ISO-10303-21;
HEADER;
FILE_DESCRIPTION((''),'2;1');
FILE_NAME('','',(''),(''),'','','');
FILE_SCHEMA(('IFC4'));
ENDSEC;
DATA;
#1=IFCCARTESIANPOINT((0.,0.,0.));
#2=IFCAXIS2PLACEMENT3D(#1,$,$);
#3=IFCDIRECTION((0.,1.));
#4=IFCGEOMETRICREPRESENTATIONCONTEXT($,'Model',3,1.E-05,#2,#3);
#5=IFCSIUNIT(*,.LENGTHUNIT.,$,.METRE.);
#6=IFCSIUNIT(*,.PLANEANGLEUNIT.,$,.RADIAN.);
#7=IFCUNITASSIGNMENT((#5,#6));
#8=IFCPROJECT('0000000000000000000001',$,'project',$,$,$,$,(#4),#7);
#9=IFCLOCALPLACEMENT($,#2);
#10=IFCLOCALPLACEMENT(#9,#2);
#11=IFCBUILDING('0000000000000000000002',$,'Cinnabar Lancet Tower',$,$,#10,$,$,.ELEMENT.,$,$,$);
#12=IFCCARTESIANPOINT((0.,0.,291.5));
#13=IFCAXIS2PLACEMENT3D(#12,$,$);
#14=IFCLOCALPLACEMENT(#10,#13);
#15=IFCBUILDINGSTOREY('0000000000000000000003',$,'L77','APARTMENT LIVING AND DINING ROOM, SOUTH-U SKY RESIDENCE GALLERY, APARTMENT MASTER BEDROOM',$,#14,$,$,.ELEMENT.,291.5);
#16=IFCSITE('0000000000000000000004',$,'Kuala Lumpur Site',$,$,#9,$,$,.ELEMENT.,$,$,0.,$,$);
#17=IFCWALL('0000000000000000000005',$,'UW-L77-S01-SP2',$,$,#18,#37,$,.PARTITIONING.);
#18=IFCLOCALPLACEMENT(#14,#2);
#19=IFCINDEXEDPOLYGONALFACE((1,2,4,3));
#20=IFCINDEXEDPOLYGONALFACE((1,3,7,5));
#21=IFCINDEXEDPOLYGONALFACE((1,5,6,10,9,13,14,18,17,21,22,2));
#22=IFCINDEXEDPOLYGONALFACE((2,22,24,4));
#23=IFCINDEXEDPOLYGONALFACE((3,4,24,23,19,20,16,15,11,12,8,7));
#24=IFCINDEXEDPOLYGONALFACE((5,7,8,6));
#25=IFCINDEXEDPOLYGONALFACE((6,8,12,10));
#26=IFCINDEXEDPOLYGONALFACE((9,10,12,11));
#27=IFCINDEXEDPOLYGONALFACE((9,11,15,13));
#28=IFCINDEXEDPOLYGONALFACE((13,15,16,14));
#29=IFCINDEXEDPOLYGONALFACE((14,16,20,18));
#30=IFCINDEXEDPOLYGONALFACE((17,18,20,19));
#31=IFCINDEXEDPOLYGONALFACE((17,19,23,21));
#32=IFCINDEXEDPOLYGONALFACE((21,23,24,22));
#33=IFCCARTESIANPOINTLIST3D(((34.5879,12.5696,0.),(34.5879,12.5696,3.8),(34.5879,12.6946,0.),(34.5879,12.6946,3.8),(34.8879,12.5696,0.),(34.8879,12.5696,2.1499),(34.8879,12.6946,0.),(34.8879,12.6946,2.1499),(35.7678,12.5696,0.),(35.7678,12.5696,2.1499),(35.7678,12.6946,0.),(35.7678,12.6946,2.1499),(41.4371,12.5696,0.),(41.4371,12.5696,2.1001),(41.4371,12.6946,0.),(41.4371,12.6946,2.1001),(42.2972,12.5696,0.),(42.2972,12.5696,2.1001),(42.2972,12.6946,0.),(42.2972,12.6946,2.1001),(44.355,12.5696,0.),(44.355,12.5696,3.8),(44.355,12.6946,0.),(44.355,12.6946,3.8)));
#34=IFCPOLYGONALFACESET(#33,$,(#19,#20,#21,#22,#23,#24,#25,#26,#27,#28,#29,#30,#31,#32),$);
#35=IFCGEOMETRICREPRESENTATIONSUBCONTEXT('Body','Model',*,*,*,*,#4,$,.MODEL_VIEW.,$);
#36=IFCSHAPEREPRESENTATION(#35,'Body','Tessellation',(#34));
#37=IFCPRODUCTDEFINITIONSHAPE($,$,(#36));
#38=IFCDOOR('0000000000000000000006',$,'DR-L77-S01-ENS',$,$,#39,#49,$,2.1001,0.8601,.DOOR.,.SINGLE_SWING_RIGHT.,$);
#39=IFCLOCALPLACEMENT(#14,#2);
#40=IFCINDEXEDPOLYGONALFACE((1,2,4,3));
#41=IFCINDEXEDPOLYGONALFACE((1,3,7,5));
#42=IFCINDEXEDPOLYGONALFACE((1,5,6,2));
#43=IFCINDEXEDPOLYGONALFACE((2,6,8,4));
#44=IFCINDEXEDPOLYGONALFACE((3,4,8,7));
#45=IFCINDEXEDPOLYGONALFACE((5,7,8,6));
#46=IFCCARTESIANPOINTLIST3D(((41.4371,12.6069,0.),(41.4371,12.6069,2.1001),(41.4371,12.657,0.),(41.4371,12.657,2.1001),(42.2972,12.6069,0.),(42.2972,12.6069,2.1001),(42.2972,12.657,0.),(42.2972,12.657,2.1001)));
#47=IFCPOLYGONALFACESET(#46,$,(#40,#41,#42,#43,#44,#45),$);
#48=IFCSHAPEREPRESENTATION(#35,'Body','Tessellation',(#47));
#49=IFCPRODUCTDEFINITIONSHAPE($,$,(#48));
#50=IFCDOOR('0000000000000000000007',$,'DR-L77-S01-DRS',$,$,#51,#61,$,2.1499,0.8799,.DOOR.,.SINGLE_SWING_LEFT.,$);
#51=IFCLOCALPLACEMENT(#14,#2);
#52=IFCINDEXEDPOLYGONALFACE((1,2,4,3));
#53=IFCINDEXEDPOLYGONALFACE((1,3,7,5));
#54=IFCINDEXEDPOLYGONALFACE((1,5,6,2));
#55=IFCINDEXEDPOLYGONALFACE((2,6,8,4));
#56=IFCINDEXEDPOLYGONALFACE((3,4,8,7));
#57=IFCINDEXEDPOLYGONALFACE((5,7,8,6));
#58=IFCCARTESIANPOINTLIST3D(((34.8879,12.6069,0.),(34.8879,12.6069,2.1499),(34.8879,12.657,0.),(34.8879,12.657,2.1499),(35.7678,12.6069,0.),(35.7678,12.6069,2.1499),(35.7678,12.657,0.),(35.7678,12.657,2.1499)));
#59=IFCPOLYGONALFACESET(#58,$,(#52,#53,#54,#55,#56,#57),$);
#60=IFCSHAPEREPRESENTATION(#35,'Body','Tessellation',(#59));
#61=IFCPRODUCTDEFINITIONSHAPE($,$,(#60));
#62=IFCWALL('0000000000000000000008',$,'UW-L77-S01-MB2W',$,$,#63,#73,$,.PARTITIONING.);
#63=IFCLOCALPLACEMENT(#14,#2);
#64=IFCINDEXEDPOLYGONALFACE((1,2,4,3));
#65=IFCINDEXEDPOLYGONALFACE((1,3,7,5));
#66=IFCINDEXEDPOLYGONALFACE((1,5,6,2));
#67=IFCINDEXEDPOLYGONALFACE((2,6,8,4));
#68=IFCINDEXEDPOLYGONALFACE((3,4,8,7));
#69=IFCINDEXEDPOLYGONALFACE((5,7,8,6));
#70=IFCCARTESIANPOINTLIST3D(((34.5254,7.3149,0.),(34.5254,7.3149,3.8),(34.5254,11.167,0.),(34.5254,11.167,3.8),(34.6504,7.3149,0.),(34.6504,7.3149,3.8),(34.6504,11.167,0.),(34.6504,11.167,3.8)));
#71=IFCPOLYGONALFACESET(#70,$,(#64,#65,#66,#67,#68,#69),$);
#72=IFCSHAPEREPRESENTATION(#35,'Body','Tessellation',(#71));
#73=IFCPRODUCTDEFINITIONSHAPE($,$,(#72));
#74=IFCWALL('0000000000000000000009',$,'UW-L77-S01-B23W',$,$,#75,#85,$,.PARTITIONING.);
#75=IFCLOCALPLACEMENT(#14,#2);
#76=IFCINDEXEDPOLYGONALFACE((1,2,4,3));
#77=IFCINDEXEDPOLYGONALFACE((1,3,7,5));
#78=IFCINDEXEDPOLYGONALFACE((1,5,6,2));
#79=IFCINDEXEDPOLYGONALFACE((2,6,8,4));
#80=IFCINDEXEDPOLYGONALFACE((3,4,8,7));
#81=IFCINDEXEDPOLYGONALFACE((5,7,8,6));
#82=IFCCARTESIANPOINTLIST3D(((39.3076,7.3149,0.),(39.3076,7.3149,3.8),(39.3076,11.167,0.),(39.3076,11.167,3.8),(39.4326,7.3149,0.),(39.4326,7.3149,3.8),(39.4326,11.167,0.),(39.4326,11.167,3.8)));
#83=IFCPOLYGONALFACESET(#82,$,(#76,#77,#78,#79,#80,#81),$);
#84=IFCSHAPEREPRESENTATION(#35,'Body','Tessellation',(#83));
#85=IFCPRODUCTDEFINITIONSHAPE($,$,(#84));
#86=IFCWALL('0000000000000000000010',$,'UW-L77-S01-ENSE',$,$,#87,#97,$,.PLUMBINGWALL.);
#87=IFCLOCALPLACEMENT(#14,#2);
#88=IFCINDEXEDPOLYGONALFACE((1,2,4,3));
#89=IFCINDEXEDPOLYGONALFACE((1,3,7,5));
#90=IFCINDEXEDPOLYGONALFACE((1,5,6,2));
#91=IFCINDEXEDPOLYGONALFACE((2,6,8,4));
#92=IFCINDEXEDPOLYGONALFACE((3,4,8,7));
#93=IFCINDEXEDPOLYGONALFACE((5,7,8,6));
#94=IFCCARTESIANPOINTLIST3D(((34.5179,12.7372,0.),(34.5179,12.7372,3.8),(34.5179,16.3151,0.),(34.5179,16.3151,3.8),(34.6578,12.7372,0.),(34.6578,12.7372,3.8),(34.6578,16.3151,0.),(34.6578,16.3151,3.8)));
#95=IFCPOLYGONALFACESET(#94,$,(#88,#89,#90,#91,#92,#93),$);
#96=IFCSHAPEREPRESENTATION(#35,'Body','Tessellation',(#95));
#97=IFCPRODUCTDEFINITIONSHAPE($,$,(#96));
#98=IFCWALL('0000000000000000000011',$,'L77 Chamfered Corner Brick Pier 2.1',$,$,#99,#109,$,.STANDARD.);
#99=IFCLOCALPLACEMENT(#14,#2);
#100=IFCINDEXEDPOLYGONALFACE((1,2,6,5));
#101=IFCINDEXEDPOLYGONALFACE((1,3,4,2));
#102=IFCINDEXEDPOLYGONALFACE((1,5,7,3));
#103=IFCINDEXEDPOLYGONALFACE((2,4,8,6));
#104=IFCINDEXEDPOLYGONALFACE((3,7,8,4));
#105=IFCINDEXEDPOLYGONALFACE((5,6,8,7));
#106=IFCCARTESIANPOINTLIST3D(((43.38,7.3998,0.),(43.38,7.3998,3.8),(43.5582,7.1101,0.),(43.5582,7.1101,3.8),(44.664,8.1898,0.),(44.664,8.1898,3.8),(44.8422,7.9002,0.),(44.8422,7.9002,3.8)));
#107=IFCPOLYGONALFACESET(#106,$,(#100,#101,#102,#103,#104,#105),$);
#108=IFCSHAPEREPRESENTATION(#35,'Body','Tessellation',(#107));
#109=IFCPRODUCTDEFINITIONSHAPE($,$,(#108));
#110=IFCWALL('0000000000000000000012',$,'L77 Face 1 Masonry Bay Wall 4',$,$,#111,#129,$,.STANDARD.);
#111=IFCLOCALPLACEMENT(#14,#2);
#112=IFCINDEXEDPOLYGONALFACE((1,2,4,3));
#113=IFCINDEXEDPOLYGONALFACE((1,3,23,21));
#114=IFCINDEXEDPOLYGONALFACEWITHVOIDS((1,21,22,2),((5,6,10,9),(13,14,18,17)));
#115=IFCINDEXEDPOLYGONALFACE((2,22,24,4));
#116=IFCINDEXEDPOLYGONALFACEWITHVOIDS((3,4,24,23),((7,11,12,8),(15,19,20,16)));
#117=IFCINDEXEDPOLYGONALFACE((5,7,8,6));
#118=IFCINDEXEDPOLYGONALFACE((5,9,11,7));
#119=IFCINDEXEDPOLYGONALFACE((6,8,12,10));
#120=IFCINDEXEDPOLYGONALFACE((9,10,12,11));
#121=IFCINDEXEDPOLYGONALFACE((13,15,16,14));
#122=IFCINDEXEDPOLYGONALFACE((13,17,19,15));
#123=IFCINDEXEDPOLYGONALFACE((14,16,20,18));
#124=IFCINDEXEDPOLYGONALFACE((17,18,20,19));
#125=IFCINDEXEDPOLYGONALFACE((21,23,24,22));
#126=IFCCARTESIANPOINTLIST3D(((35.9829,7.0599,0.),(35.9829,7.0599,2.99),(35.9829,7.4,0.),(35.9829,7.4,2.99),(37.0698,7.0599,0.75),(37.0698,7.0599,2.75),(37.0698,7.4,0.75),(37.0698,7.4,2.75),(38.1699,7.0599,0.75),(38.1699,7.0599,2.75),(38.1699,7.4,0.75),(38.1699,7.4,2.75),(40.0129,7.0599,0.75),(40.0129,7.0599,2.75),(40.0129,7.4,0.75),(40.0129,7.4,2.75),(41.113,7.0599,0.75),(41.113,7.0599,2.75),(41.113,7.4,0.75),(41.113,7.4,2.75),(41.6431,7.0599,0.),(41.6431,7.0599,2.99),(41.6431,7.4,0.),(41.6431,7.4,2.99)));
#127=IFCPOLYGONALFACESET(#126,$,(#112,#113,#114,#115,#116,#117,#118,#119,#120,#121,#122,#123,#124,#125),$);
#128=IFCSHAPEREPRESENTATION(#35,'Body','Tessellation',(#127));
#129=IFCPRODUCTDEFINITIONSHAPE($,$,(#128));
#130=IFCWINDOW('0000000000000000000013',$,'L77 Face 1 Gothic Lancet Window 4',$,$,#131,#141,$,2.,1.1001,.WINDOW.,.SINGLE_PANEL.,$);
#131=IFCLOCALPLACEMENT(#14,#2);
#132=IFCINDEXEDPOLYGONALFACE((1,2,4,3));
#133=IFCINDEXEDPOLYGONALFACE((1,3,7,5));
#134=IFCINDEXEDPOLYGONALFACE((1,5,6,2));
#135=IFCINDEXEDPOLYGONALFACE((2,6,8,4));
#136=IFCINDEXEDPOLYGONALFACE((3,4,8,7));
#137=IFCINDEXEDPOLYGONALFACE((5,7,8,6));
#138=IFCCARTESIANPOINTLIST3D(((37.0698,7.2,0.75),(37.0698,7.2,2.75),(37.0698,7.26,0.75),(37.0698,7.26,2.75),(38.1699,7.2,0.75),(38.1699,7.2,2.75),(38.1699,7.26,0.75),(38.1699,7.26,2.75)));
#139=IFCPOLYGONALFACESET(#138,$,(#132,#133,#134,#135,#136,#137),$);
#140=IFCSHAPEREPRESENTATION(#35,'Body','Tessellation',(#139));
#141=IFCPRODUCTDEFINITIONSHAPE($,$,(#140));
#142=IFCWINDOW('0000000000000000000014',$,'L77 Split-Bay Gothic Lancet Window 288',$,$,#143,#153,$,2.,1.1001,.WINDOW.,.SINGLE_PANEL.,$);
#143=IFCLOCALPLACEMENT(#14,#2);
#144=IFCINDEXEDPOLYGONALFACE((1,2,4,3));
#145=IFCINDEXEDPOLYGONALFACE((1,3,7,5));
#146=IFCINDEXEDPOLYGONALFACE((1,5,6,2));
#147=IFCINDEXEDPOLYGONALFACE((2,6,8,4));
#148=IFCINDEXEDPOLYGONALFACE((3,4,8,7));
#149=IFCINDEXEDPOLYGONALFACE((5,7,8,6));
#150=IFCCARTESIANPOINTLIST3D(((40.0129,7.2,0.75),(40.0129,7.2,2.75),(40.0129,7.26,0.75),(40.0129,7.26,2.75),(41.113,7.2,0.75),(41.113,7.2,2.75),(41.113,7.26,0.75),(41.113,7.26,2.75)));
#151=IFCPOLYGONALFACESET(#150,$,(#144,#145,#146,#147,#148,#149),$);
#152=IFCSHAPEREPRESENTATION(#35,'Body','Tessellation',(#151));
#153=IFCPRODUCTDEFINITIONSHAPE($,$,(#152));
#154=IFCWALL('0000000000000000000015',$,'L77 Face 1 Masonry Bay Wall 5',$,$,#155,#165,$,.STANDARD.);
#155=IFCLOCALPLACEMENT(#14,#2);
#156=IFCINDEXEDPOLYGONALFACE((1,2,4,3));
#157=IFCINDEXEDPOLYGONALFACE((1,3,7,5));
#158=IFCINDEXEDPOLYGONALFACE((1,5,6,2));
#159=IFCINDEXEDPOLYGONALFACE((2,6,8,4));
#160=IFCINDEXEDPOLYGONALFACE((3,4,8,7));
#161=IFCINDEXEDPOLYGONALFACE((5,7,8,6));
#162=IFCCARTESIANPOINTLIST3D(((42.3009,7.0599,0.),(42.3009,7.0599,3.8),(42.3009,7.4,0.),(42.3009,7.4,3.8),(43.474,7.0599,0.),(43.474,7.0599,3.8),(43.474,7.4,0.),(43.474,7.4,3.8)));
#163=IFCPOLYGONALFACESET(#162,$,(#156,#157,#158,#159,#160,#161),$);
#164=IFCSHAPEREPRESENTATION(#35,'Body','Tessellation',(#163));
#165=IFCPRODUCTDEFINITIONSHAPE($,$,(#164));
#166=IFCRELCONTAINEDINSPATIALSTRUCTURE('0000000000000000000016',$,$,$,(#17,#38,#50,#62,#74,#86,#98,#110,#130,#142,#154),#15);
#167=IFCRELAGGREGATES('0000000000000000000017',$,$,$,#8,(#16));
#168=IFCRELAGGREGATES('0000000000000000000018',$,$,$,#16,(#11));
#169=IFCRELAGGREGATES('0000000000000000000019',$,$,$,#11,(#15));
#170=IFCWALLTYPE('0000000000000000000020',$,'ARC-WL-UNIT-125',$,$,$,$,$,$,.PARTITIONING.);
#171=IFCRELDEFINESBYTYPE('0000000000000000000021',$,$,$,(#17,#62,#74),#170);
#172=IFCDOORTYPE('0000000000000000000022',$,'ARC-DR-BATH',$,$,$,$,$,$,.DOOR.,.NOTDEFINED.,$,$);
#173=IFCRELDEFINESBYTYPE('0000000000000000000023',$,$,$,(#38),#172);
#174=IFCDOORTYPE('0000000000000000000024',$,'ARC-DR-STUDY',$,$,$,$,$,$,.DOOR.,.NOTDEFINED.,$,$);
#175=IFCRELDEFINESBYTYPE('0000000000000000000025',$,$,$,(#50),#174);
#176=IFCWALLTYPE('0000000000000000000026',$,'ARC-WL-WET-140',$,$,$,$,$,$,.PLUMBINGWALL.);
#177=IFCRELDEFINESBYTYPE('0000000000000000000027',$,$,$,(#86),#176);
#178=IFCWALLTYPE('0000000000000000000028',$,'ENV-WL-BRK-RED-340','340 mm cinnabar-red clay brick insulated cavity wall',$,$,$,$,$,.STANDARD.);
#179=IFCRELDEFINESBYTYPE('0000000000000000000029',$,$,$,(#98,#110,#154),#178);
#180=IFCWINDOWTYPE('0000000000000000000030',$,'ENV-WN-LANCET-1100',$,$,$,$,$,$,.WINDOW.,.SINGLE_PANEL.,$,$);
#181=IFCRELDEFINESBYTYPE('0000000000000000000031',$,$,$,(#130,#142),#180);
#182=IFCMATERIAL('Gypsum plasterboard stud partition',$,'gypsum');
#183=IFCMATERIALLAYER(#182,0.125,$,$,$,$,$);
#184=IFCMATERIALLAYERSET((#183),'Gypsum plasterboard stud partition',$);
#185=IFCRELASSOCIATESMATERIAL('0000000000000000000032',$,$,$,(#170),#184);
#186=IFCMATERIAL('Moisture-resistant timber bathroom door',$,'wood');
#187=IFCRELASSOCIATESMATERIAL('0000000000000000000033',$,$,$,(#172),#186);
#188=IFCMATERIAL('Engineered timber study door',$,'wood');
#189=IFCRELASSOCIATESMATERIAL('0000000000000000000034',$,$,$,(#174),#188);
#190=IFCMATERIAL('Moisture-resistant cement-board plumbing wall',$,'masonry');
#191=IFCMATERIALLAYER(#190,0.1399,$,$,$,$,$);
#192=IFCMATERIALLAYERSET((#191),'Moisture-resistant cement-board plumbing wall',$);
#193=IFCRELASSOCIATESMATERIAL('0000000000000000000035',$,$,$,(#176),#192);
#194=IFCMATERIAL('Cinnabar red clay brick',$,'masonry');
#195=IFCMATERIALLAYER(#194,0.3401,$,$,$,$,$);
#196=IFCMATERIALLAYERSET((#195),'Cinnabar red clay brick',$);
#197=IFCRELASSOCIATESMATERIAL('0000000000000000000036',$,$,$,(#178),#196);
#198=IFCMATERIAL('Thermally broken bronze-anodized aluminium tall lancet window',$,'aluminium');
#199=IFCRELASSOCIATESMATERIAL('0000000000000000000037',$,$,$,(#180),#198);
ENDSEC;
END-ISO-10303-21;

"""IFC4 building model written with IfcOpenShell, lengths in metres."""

from ifc_helpers import new_model, si_unit, direction, frame, frame_2d, origin, place, context, subcontext, project, spatial, rectangle, extrude, material, layer, layer_set, type_object, element, fill, save


model = new_model("IFC4")

# Units and contexts
model_context = context("Model", 3, precision=1e-05, world=origin(), true_north=direction((0.0, 1.0)))
body_context = subcontext(model_context, "Body", "Model", "MODEL_VIEW")
ifc_project = project(units=[si_unit("LENGTHUNIT", "METRE"), si_unit("PLANEANGLEUNIT", "RADIAN")], contexts=[model_context])

# Site, building, storey
site_placement = place(None, origin())
site = spatial("IfcSite", under=ifc_project, at=site_placement, Name="Kuala Lumpur Site", CompositionType="ELEMENT", RefElevation=0.0)
building_placement = place(site_placement, origin())
building = spatial("IfcBuilding", under=site, at=building_placement, Name="Cinnabar Lancet Tower", CompositionType="ELEMENT")
storey_placement = place(building_placement, frame((0.0, 0.0, 291.5)))
storey = spatial("IfcBuildingStorey", under=building, at=storey_placement, Name="L77", Description="APARTMENT LIVING AND DINING ROOM, SOUTH-U SKY RESIDENCE GALLERY, APARTMENT MASTER BEDROOM", CompositionType="ELEMENT", Elevation=291.5)

# Wall, openings, doors
ifc_material_1 = material(Name="Gypsum plasterboard stud partition", Category="gypsum")
ifc_layer_1 = layer(ifc_material_1, 0.125)
ifc_layer_set_1 = layer_set([ifc_layer_1], Name="Gypsum plasterboard stud partition")
wall_type_1 = type_object("IfcWallType", Name="ARC-WL-UNIT-125", PredefinedType="PARTITIONING", material=ifc_layer_set_1)
wall_1_placement = place(storey_placement, frame((34.5879, 12.6321, 0.0), z_axis=(0.0, 0.0, 1.0), x_axis=(1.0, 0.0, 0.0)))
wall_1 = element("IfcWall", 1, at=wall_1_placement, inside=storey, type_object=wall_type_1, Name="UW-L77-S01-SP2", PredefinedType="PARTITIONING", context=body_context, shape_type="SweptSolid", body=[
    extrude(rectangle(XDim=9.7671, YDim=0.125, at=frame_2d((4.8835, 0.0))), origin(), (0.0, 0.0, 1.0), 3.8),
])
opening_1_placement = place(wall_1_placement, frame((6.8491, 0.0, 0.0)))
opening_1 = element("IfcOpeningElement", 2, at=opening_1_placement, cuts=wall_1, PredefinedType="OPENING", context=body_context, shape_type="SweptSolid", body=[
    extrude(rectangle(XDim=0.8601, YDim=2.1001, at=frame_2d((0.4302, 1.05))), frame((0.0, 0.0725, 0.0), z_axis=(0.0, -1.0, 0.0), x_axis=(1.0, 0.0, 0.0)), (0.0, 0.0, 1.0), 0.145),
])
opening_2_placement = place(wall_1_placement, frame((0.3, 0.0, 0.0)))
opening_2 = element("IfcOpeningElement", 3, at=opening_2_placement, cuts=wall_1, PredefinedType="OPENING", context=body_context, shape_type="SweptSolid", body=[
    extrude(rectangle(XDim=0.8799, YDim=2.1499, at=frame_2d((0.4399, 1.075))), frame((0.0, 0.0725, 0.0), z_axis=(0.0, -1.0, 0.0), x_axis=(1.0, 0.0, 0.0)), (0.0, 0.0, 1.0), 0.145),
])
ifc_material_2 = material(Name="Moisture-resistant timber bathroom door", Category="wood")
door_type_1 = type_object("IfcDoorType", Name="ARC-DR-BATH", OperationType="NOTDEFINED", PredefinedType="DOOR", material=ifc_material_2)
door_1_placement = place(opening_1_placement, origin())
door_1 = element("IfcDoor", 4, at=door_1_placement, inside=storey, type_object=door_type_1, Name="DR-L77-S01-ENS", OperationType="SINGLE_SWING_RIGHT", OverallHeight=2.1001, OverallWidth=0.8601, PredefinedType="DOOR", context=body_context, shape_type="SweptSolid", body=[
    extrude(rectangle(XDim=0.8601, YDim=2.1001, at=frame_2d((0.4302, 1.05))), frame((0.0, 0.0249, 0.0), z_axis=(0.0, -1.0, 0.0), x_axis=(1.0, 0.0, 0.0)), (0.0, 0.0, 1.0), 0.05),
])
fill(opening_1, door_1)
ifc_material_3 = material(Name="Engineered timber study door", Category="wood")
door_type_2 = type_object("IfcDoorType", Name="ARC-DR-STUDY", OperationType="NOTDEFINED", PredefinedType="DOOR", material=ifc_material_3)
door_2_placement = place(opening_2_placement, origin())
door_2 = element("IfcDoor", 5, at=door_2_placement, inside=storey, type_object=door_type_2, Name="DR-L77-S01-DRS", OperationType="SINGLE_SWING_LEFT", OverallHeight=2.1499, OverallWidth=0.8799, PredefinedType="DOOR", context=body_context, shape_type="SweptSolid", body=[
    extrude(rectangle(XDim=0.8799, YDim=2.1499, at=frame_2d((0.4399, 1.075))), frame((0.0, 0.0249, 0.0), z_axis=(0.0, -1.0, 0.0), x_axis=(1.0, 0.0, 0.0)), (0.0, 0.0, 1.0), 0.05),
])
fill(opening_2, door_2)

# Walls
for number, where, z_axis, x_axis, name in (
    (6, (34.5879, 7.3149, 0.0), (0.0, 0.0, 1.0), (0.0, 1.0, 0.0), "UW-L77-S01-MB2W"),
    (7, (39.3701, 7.3149, 0.0), (0.0, 0.0, 1.0), (0.0, 1.0, 0.0), "UW-L77-S01-B23W"),
):
    element("IfcWall", number, at=place(storey_placement, frame(where, z_axis=z_axis, x_axis=x_axis)), inside=storey, type_object=wall_type_1, Name=name, PredefinedType="PARTITIONING", context=body_context, shape_type="SweptSolid", body=[
        extrude(rectangle(XDim=3.8521, YDim=0.125, at=frame_2d((1.926, 0.0))), origin(), (0.0, 0.0, 1.0), 3.8),
    ])
ifc_material_4 = material(Name="Moisture-resistant cement-board plumbing wall", Category="masonry")
ifc_layer_2 = layer(ifc_material_4, 0.1399)
ifc_layer_set_2 = layer_set([ifc_layer_2], Name="Moisture-resistant cement-board plumbing wall")
wall_type_2 = type_object("IfcWallType", Name="ARC-WL-WET-140", PredefinedType="PLUMBINGWALL", material=ifc_layer_set_2)
wall_2_placement = place(storey_placement, frame((34.5879, 12.7371, 0.0), z_axis=(0.0, 0.0, 1.0), x_axis=(0.0, 1.0, 0.0)))
element("IfcWall", 8, at=wall_2_placement, inside=storey, type_object=wall_type_2, Name="UW-L77-S01-ENSE", PredefinedType="PLUMBINGWALL", context=body_context, shape_type="SweptSolid", body=[
    extrude(rectangle(XDim=3.5779, YDim=0.1399, at=frame_2d((1.7891, 0.0))), origin(), (0.0, 0.0, 1.0), 3.8),
])
ifc_material_5 = material(Name="Cinnabar red clay brick", Category="masonry")
ifc_layer_3 = layer(ifc_material_5, 0.3401)
ifc_layer_set_3 = layer_set([ifc_layer_3], Name="Cinnabar red clay brick")
wall_type_3 = type_object("IfcWallType", Name="ENV-WL-BRK-RED-340", Description="340 mm cinnabar-red clay brick insulated cavity wall", PredefinedType="STANDARD", material=ifc_layer_set_3)
wall_3_placement = place(storey_placement, frame((43.469, 7.2549, 0.0), z_axis=(0.0, 0.0, 1.0), x_axis=(0.851681, 0.524061, 0.0)))
element("IfcWall", 9, at=wall_3_placement, inside=storey, type_object=wall_type_3, Name="L77 Chamfered Corner Brick Pier 2.1", PredefinedType="STANDARD", context=body_context, shape_type="SweptSolid", body=[
    extrude(rectangle(XDim=1.5076, YDim=0.3401, at=frame_2d((0.7539, 0.0))), origin(), (0.0, 0.0, 1.0), 3.8),
])

# Wall, openings, windows
wall_4_placement = place(storey_placement, frame((35.9829, 7.23, 0.0), z_axis=(0.0, 0.0, 1.0), x_axis=(1.0, 0.0, 0.0)))
wall_4 = element("IfcWall", 10, at=wall_4_placement, inside=storey, type_object=wall_type_3, Name="L77 Face 1 Masonry Bay Wall 4", PredefinedType="STANDARD", context=body_context, shape_type="SweptSolid", body=[
    extrude(rectangle(XDim=5.6602, YDim=0.3401, at=frame_2d((2.8301, 0.0))), origin(), (0.0, 0.0, 1.0), 2.99),
])
opening_3_placement = place(wall_4_placement, frame((1.0869, 0.0, 0.75)))
opening_3 = element("IfcOpeningElement", 11, at=opening_3_placement, cuts=wall_4, PredefinedType="OPENING", context=body_context, shape_type="SweptSolid", body=[
    extrude(rectangle(XDim=1.1001, YDim=2.0, at=frame_2d((0.55, 1.0))), frame((0.0, 0.1799, 0.0), z_axis=(0.0, -1.0, 0.0), x_axis=(1.0, 0.0, 0.0)), (0.0, 0.0, 1.0), 0.3601),
])
opening_4_placement = place(wall_4_placement, frame((4.03, 0.0, 0.75)))
opening_4 = element("IfcOpeningElement", 12, at=opening_4_placement, cuts=wall_4, PredefinedType="OPENING", context=body_context, shape_type="SweptSolid", body=[
    extrude(rectangle(XDim=1.1001, YDim=2.0, at=frame_2d((0.55, 1.0))), frame((0.0, 0.1799, 0.0), z_axis=(0.0, -1.0, 0.0), x_axis=(1.0, 0.0, 0.0)), (0.0, 0.0, 1.0), 0.3601),
])
ifc_material_6 = material(Name="Thermally broken bronze-anodized aluminium tall lancet window", Category="aluminium")
window_type = type_object("IfcWindowType", Name="ENV-WN-LANCET-1100", PartitioningType="SINGLE_PANEL", PredefinedType="WINDOW", material=ifc_material_6)
window_1_placement = place(opening_3_placement, origin())
window_1 = element("IfcWindow", 13, at=window_1_placement, inside=storey, type_object=window_type, Name="L77 Face 1 Gothic Lancet Window 4", OverallHeight=2.0, OverallWidth=1.1001, PartitioningType="SINGLE_PANEL", PredefinedType="WINDOW", context=body_context, shape_type="SweptSolid", body=[
    extrude(rectangle(XDim=1.1001, YDim=2.0, at=frame_2d((0.55, 1.0))), frame((0.0, 0.03, 0.0), z_axis=(0.0, -1.0, 0.0), x_axis=(1.0, 0.0, 0.0)), (0.0, 0.0, 1.0), 0.0601),
])
fill(opening_3, window_1)
window_2_placement = place(opening_4_placement, origin())
window_2 = element("IfcWindow", 14, at=window_2_placement, inside=storey, type_object=window_type, Name="L77 Split-Bay Gothic Lancet Window 288", OverallHeight=2.0, OverallWidth=1.1001, PartitioningType="SINGLE_PANEL", PredefinedType="WINDOW", context=body_context, shape_type="SweptSolid", body=[
    extrude(rectangle(XDim=1.1001, YDim=2.0, at=frame_2d((0.55, 1.0))), frame((0.0, 0.03, 0.0), z_axis=(0.0, -1.0, 0.0), x_axis=(1.0, 0.0, 0.0)), (0.0, 0.0, 1.0), 0.0601),
])
fill(opening_4, window_2)

# Wall
wall_5_placement = place(storey_placement, frame((42.301, 7.23, 0.0), z_axis=(0.0, 0.0, 1.0), x_axis=(1.0, 0.0, 0.0)))
element("IfcWall", 15, at=wall_5_placement, inside=storey, type_object=wall_type_3, Name="L77 Face 1 Masonry Bay Wall 5", PredefinedType="STANDARD", context=body_context, shape_type="SweptSolid", body=[
    extrude(rectangle(XDim=1.1731, YDim=0.3401, at=frame_2d((0.5864, 0.0))), origin(), (0.0, 0.0, 1.0), 3.8),
])

save(model, "model.ifc")
